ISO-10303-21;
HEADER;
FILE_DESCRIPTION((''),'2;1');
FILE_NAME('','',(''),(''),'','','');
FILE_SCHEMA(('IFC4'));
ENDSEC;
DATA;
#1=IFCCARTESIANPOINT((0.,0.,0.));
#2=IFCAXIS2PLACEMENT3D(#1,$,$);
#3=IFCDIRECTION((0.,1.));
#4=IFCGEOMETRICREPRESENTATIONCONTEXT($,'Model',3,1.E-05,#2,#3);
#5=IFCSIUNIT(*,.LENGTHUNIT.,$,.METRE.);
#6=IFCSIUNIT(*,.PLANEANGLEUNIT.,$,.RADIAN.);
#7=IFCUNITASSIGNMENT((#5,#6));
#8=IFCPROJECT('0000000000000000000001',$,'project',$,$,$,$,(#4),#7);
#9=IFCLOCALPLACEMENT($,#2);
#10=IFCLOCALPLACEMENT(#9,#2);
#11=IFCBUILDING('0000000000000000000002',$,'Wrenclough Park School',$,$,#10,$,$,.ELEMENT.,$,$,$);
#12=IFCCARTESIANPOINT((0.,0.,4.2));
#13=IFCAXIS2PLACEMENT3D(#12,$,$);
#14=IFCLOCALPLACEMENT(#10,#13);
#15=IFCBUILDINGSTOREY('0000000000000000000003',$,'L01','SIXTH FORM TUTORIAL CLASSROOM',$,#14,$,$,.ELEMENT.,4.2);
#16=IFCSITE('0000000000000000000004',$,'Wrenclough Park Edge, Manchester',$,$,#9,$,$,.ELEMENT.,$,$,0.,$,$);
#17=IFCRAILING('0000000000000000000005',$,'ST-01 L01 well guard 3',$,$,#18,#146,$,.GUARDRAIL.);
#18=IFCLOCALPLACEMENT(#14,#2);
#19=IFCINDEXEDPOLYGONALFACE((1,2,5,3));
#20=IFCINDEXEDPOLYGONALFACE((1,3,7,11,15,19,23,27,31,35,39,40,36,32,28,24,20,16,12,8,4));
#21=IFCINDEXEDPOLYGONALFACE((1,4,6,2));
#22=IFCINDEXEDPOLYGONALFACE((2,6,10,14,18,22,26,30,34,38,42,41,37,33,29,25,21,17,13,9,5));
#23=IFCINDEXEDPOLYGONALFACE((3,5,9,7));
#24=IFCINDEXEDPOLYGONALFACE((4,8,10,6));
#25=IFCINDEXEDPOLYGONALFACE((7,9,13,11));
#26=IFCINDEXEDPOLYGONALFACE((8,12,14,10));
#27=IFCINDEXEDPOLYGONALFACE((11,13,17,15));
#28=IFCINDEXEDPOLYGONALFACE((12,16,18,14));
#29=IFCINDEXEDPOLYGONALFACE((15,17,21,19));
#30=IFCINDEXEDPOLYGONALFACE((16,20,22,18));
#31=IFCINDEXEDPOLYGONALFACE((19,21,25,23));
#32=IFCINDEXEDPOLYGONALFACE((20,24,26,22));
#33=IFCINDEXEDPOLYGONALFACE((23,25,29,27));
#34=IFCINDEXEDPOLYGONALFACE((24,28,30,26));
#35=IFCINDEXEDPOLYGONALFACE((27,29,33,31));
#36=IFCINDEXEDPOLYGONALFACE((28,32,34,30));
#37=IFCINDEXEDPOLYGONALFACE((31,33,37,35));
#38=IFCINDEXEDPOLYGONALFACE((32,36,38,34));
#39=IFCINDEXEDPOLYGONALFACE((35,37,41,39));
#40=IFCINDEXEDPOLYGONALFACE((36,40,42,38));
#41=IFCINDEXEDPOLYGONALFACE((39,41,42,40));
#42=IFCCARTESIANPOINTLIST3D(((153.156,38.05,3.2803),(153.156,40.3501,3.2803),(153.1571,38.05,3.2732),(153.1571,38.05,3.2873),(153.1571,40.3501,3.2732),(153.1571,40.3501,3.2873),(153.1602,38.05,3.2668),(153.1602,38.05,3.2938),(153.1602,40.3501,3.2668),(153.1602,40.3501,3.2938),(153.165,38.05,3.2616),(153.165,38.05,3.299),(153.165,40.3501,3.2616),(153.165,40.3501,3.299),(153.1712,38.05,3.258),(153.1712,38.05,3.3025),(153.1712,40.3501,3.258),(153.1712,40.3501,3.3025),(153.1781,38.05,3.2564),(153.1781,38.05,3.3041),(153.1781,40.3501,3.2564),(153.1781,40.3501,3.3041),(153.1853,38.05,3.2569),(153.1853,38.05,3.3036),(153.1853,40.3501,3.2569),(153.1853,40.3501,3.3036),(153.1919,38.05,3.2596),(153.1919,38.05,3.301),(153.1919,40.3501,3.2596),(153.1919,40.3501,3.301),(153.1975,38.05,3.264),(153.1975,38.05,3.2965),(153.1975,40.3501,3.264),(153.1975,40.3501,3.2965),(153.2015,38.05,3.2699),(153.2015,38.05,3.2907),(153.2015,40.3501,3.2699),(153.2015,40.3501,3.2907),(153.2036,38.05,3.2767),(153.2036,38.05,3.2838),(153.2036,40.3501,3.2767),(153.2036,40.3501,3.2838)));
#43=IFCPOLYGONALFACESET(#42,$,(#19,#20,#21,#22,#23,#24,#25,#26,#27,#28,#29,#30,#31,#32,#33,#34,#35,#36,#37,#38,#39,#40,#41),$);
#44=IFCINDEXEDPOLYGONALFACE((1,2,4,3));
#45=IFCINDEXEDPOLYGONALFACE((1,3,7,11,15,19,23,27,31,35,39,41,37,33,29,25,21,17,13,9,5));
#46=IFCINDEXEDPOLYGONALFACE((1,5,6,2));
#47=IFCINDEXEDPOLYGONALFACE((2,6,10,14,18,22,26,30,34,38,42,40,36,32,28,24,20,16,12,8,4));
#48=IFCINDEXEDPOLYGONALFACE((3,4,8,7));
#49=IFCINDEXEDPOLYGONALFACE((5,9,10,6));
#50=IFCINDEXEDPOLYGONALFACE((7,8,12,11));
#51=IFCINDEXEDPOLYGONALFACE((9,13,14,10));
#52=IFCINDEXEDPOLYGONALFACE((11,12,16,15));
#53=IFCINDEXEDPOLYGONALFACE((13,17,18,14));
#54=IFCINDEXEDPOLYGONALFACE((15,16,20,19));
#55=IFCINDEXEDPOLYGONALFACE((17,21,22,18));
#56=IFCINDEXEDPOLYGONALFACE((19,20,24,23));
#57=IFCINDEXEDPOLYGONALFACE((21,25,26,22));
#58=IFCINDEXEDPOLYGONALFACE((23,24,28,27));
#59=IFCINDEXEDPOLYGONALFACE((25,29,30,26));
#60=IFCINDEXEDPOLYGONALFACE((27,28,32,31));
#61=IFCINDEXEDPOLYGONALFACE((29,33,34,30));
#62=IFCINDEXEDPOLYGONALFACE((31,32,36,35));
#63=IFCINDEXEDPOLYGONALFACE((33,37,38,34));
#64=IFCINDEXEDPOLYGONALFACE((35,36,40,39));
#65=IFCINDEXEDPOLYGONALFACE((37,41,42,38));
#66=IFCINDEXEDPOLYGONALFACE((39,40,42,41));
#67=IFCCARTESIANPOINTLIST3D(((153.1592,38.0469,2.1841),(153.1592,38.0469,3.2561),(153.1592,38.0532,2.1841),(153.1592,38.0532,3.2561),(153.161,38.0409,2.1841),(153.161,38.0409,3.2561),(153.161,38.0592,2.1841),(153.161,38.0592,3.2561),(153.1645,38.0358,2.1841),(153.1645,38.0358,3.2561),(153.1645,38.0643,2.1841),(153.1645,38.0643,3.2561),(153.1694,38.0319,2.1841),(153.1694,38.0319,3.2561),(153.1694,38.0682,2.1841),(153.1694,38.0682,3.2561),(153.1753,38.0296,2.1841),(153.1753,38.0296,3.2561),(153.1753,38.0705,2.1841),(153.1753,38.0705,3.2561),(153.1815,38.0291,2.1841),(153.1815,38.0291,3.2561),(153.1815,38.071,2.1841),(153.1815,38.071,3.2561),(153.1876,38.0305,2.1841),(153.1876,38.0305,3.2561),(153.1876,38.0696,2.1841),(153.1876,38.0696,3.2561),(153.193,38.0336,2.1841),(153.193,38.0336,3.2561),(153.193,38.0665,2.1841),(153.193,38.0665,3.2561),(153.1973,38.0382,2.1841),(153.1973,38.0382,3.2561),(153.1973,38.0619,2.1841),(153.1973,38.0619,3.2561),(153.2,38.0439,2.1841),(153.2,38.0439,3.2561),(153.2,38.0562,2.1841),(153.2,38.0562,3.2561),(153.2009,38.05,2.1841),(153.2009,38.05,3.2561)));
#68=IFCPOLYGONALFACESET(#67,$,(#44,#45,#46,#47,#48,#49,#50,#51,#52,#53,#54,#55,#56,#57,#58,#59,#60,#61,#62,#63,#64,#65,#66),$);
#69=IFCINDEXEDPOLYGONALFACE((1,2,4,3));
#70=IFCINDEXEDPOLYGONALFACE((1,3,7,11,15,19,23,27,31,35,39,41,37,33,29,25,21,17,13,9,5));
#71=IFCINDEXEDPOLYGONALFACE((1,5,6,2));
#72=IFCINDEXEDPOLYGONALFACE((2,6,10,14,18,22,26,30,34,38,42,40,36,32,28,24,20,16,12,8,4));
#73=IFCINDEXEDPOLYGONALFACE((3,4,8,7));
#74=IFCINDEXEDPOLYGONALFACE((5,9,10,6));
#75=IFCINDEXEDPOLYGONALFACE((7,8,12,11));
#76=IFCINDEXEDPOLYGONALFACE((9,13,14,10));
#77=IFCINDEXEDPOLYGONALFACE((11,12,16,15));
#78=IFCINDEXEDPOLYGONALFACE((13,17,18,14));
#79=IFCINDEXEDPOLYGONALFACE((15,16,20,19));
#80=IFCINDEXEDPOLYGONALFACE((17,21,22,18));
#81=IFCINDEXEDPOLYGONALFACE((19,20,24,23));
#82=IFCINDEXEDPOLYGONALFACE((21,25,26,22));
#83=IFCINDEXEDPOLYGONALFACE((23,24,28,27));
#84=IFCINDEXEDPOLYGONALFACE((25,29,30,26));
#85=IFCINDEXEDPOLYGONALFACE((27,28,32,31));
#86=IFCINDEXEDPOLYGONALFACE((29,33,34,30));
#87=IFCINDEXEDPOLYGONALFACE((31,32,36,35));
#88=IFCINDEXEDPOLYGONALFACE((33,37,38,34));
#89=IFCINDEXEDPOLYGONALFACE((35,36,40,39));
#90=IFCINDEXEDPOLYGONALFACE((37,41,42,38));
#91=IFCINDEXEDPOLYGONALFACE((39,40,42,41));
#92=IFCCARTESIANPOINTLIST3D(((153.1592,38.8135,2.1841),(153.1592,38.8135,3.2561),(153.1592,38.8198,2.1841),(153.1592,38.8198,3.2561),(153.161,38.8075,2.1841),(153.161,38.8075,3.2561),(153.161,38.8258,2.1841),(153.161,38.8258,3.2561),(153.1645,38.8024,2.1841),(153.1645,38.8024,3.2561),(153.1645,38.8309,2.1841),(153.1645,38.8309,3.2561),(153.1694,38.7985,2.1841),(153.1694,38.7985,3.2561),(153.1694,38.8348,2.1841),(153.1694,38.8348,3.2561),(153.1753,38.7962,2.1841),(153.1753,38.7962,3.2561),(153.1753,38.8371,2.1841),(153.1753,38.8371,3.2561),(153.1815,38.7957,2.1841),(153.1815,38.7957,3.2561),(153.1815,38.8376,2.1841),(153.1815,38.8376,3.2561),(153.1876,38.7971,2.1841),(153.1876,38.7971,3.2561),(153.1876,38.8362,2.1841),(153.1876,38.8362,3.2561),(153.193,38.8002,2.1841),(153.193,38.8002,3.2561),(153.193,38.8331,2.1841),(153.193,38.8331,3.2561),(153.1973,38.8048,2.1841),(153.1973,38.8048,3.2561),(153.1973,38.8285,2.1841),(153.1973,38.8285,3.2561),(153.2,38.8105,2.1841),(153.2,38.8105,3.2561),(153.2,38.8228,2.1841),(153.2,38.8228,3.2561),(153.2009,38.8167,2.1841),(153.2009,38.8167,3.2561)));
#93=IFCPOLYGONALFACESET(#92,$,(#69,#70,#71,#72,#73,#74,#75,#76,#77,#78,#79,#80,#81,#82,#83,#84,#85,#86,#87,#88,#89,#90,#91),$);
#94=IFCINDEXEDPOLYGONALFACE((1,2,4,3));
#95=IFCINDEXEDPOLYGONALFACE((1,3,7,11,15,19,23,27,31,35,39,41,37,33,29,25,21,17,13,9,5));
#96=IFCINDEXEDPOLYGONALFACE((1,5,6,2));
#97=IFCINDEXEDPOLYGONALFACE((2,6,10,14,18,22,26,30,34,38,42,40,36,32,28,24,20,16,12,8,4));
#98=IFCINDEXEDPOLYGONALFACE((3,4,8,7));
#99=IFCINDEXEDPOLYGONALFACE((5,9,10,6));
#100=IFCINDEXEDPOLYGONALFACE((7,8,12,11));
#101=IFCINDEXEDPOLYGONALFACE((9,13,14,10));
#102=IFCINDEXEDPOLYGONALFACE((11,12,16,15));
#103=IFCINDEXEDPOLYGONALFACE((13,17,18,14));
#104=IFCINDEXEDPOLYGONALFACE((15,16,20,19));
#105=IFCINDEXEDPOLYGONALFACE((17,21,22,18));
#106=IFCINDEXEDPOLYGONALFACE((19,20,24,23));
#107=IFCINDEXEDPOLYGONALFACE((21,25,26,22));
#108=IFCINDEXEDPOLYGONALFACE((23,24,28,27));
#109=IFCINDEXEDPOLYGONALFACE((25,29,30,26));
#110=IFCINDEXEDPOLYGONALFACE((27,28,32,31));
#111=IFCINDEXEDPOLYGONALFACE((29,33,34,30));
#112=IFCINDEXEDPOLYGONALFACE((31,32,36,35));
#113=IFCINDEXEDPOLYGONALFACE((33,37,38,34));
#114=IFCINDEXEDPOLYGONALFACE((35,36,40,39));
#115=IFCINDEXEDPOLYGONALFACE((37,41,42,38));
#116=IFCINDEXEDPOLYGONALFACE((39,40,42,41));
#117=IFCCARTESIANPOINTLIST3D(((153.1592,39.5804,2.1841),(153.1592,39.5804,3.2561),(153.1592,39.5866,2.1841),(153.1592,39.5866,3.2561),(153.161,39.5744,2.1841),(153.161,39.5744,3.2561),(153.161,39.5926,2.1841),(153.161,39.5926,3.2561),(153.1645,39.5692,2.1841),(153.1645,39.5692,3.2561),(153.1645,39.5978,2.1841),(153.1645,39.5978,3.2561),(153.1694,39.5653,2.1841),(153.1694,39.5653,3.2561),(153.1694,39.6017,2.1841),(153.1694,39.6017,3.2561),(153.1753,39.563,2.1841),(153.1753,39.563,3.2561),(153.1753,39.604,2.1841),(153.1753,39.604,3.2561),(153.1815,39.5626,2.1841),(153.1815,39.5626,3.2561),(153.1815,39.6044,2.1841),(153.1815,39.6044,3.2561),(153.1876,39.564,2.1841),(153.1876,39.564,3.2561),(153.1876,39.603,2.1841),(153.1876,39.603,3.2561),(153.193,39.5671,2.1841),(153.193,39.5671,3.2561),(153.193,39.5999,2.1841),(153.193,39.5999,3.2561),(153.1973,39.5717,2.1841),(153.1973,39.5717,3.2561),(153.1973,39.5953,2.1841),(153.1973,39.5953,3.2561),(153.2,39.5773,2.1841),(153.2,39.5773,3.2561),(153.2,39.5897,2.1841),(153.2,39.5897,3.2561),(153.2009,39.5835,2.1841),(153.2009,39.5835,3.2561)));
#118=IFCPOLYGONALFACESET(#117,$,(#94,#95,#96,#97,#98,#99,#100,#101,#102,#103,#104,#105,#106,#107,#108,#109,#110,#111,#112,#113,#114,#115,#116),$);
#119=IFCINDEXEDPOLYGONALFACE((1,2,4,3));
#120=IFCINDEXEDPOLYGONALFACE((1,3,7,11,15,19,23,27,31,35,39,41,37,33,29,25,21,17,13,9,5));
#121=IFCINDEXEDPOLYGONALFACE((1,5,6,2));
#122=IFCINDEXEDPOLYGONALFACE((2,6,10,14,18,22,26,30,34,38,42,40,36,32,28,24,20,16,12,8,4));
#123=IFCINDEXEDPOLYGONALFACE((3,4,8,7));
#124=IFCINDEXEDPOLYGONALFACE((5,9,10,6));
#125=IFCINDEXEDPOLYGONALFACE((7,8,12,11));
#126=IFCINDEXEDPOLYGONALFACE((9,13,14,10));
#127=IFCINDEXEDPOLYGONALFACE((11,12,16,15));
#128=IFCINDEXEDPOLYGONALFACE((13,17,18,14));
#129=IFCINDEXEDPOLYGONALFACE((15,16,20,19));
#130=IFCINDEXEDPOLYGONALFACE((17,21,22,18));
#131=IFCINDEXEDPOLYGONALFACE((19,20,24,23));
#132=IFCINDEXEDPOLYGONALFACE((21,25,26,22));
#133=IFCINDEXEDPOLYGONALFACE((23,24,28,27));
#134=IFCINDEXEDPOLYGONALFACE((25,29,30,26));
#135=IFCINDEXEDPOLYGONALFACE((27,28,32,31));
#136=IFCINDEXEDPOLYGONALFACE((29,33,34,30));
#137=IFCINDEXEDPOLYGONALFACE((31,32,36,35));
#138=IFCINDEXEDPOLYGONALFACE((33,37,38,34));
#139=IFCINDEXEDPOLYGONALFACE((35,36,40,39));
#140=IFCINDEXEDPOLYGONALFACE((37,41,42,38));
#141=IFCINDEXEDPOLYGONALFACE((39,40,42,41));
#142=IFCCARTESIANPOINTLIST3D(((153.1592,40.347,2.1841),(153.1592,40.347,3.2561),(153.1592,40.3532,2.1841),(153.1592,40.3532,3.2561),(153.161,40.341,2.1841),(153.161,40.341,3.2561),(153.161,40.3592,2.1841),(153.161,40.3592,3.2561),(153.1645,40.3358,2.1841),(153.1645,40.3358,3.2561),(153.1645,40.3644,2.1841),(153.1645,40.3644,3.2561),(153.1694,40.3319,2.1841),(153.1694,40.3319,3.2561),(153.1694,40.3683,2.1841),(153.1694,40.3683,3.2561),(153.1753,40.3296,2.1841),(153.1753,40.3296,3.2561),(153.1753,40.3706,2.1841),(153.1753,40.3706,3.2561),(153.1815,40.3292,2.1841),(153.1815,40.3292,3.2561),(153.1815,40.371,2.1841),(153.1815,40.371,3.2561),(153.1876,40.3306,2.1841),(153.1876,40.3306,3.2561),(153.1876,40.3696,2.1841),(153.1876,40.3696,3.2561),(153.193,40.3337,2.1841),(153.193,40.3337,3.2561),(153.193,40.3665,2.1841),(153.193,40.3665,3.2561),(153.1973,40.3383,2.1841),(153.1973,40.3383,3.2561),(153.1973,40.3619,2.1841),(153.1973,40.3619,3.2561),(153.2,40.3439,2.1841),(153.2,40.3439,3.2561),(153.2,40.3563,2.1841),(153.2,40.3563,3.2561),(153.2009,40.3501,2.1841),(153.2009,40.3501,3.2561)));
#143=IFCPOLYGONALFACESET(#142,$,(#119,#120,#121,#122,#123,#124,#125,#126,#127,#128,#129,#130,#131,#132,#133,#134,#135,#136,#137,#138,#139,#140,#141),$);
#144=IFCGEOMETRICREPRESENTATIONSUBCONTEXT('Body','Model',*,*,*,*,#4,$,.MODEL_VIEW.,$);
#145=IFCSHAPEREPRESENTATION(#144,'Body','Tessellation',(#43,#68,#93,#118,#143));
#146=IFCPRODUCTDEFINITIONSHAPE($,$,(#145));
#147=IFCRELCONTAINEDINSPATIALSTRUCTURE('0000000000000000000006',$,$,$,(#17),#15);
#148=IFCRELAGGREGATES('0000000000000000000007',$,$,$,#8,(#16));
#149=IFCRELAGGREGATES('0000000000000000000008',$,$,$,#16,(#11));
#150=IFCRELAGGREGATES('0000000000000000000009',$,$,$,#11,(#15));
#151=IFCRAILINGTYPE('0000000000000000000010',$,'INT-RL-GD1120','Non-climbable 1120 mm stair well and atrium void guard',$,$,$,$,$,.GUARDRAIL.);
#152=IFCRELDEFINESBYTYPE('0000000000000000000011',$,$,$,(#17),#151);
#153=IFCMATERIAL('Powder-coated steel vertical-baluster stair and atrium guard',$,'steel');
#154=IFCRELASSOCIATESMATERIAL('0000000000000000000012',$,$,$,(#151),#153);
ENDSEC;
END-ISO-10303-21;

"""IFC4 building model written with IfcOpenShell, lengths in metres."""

from ifc_helpers import new_model, si_unit, direction, frame, origin, origin_2d, place, context, subcontext, project, spatial, circle, extrude, material, type_object, element, save


model = new_model("IFC4")

# Units and contexts
model_context = context("Model", 3, precision=1e-05, world=origin(), true_north=direction((0.0, 1.0)))
body_context = subcontext(model_context, "Body", "Model", "MODEL_VIEW")
ifc_project = project(units=[si_unit("LENGTHUNIT", "METRE"), si_unit("PLANEANGLEUNIT", "RADIAN")], contexts=[model_context])

# Site, building, storey
site_placement = place(None, origin())
site = spatial("IfcSite", under=ifc_project, at=site_placement, Name="Wrenclough Park Edge, Manchester", CompositionType="ELEMENT", RefElevation=0.0)
building_placement = place(site_placement, origin())
building = spatial("IfcBuilding", under=site, at=building_placement, Name="Wrenclough Park School", CompositionType="ELEMENT")
storey_placement = place(building_placement, frame((0.0, 0.0, 4.2)))
storey = spatial("IfcBuildingStorey", under=building, at=storey_placement, Name="L01", Description="SIXTH FORM TUTORIAL CLASSROOM", CompositionType="ELEMENT", Elevation=4.2)

# Railing
ifc_material_1 = material(Name="Powder-coated steel vertical-baluster stair and atrium guard", Category="steel")
railing_type_1 = type_object("IfcRailingType", Name="INT-RL-GD1120", Description="Non-climbable 1120 mm stair well and atrium void guard", PredefinedType="GUARDRAIL", material=ifc_material_1)
railing_1_placement = place(storey_placement, frame((153.1799, 38.05, 2.1841)))
element("IfcRailing", 1, at=railing_1_placement, inside=storey, type_object=railing_type_1, Name="ST-01 L01 well guard 3", PredefinedType="GUARDRAIL", context=body_context, shape_type="SweptSolid", body=[
    extrude(circle(Radius=0.0239, at=origin_2d()), frame((0.0, 0.0, 1.0962), z_axis=(0.0, 1.0, 0.0), x_axis=(-1.0, 0.0, 0.0)), (0.0, 0.0, 1.0), 2.3),
    extrude(circle(Radius=0.021, at=origin_2d()), origin(), (0.0, 0.0, 1.0), 1.072),
    extrude(circle(Radius=0.021, at=origin_2d()), frame((0.0, 0.7666, 0.0)), (0.0, 0.0, 1.0), 1.072),
    extrude(circle(Radius=0.021, at=origin_2d()), frame((0.0, 1.5334, 0.0)), (0.0, 0.0, 1.0), 1.072),
    extrude(circle(Radius=0.021, at=origin_2d()), frame((0.0, 2.3, 0.0)), (0.0, 0.0, 1.0), 1.072),
])

save(model, "model.ifc")
